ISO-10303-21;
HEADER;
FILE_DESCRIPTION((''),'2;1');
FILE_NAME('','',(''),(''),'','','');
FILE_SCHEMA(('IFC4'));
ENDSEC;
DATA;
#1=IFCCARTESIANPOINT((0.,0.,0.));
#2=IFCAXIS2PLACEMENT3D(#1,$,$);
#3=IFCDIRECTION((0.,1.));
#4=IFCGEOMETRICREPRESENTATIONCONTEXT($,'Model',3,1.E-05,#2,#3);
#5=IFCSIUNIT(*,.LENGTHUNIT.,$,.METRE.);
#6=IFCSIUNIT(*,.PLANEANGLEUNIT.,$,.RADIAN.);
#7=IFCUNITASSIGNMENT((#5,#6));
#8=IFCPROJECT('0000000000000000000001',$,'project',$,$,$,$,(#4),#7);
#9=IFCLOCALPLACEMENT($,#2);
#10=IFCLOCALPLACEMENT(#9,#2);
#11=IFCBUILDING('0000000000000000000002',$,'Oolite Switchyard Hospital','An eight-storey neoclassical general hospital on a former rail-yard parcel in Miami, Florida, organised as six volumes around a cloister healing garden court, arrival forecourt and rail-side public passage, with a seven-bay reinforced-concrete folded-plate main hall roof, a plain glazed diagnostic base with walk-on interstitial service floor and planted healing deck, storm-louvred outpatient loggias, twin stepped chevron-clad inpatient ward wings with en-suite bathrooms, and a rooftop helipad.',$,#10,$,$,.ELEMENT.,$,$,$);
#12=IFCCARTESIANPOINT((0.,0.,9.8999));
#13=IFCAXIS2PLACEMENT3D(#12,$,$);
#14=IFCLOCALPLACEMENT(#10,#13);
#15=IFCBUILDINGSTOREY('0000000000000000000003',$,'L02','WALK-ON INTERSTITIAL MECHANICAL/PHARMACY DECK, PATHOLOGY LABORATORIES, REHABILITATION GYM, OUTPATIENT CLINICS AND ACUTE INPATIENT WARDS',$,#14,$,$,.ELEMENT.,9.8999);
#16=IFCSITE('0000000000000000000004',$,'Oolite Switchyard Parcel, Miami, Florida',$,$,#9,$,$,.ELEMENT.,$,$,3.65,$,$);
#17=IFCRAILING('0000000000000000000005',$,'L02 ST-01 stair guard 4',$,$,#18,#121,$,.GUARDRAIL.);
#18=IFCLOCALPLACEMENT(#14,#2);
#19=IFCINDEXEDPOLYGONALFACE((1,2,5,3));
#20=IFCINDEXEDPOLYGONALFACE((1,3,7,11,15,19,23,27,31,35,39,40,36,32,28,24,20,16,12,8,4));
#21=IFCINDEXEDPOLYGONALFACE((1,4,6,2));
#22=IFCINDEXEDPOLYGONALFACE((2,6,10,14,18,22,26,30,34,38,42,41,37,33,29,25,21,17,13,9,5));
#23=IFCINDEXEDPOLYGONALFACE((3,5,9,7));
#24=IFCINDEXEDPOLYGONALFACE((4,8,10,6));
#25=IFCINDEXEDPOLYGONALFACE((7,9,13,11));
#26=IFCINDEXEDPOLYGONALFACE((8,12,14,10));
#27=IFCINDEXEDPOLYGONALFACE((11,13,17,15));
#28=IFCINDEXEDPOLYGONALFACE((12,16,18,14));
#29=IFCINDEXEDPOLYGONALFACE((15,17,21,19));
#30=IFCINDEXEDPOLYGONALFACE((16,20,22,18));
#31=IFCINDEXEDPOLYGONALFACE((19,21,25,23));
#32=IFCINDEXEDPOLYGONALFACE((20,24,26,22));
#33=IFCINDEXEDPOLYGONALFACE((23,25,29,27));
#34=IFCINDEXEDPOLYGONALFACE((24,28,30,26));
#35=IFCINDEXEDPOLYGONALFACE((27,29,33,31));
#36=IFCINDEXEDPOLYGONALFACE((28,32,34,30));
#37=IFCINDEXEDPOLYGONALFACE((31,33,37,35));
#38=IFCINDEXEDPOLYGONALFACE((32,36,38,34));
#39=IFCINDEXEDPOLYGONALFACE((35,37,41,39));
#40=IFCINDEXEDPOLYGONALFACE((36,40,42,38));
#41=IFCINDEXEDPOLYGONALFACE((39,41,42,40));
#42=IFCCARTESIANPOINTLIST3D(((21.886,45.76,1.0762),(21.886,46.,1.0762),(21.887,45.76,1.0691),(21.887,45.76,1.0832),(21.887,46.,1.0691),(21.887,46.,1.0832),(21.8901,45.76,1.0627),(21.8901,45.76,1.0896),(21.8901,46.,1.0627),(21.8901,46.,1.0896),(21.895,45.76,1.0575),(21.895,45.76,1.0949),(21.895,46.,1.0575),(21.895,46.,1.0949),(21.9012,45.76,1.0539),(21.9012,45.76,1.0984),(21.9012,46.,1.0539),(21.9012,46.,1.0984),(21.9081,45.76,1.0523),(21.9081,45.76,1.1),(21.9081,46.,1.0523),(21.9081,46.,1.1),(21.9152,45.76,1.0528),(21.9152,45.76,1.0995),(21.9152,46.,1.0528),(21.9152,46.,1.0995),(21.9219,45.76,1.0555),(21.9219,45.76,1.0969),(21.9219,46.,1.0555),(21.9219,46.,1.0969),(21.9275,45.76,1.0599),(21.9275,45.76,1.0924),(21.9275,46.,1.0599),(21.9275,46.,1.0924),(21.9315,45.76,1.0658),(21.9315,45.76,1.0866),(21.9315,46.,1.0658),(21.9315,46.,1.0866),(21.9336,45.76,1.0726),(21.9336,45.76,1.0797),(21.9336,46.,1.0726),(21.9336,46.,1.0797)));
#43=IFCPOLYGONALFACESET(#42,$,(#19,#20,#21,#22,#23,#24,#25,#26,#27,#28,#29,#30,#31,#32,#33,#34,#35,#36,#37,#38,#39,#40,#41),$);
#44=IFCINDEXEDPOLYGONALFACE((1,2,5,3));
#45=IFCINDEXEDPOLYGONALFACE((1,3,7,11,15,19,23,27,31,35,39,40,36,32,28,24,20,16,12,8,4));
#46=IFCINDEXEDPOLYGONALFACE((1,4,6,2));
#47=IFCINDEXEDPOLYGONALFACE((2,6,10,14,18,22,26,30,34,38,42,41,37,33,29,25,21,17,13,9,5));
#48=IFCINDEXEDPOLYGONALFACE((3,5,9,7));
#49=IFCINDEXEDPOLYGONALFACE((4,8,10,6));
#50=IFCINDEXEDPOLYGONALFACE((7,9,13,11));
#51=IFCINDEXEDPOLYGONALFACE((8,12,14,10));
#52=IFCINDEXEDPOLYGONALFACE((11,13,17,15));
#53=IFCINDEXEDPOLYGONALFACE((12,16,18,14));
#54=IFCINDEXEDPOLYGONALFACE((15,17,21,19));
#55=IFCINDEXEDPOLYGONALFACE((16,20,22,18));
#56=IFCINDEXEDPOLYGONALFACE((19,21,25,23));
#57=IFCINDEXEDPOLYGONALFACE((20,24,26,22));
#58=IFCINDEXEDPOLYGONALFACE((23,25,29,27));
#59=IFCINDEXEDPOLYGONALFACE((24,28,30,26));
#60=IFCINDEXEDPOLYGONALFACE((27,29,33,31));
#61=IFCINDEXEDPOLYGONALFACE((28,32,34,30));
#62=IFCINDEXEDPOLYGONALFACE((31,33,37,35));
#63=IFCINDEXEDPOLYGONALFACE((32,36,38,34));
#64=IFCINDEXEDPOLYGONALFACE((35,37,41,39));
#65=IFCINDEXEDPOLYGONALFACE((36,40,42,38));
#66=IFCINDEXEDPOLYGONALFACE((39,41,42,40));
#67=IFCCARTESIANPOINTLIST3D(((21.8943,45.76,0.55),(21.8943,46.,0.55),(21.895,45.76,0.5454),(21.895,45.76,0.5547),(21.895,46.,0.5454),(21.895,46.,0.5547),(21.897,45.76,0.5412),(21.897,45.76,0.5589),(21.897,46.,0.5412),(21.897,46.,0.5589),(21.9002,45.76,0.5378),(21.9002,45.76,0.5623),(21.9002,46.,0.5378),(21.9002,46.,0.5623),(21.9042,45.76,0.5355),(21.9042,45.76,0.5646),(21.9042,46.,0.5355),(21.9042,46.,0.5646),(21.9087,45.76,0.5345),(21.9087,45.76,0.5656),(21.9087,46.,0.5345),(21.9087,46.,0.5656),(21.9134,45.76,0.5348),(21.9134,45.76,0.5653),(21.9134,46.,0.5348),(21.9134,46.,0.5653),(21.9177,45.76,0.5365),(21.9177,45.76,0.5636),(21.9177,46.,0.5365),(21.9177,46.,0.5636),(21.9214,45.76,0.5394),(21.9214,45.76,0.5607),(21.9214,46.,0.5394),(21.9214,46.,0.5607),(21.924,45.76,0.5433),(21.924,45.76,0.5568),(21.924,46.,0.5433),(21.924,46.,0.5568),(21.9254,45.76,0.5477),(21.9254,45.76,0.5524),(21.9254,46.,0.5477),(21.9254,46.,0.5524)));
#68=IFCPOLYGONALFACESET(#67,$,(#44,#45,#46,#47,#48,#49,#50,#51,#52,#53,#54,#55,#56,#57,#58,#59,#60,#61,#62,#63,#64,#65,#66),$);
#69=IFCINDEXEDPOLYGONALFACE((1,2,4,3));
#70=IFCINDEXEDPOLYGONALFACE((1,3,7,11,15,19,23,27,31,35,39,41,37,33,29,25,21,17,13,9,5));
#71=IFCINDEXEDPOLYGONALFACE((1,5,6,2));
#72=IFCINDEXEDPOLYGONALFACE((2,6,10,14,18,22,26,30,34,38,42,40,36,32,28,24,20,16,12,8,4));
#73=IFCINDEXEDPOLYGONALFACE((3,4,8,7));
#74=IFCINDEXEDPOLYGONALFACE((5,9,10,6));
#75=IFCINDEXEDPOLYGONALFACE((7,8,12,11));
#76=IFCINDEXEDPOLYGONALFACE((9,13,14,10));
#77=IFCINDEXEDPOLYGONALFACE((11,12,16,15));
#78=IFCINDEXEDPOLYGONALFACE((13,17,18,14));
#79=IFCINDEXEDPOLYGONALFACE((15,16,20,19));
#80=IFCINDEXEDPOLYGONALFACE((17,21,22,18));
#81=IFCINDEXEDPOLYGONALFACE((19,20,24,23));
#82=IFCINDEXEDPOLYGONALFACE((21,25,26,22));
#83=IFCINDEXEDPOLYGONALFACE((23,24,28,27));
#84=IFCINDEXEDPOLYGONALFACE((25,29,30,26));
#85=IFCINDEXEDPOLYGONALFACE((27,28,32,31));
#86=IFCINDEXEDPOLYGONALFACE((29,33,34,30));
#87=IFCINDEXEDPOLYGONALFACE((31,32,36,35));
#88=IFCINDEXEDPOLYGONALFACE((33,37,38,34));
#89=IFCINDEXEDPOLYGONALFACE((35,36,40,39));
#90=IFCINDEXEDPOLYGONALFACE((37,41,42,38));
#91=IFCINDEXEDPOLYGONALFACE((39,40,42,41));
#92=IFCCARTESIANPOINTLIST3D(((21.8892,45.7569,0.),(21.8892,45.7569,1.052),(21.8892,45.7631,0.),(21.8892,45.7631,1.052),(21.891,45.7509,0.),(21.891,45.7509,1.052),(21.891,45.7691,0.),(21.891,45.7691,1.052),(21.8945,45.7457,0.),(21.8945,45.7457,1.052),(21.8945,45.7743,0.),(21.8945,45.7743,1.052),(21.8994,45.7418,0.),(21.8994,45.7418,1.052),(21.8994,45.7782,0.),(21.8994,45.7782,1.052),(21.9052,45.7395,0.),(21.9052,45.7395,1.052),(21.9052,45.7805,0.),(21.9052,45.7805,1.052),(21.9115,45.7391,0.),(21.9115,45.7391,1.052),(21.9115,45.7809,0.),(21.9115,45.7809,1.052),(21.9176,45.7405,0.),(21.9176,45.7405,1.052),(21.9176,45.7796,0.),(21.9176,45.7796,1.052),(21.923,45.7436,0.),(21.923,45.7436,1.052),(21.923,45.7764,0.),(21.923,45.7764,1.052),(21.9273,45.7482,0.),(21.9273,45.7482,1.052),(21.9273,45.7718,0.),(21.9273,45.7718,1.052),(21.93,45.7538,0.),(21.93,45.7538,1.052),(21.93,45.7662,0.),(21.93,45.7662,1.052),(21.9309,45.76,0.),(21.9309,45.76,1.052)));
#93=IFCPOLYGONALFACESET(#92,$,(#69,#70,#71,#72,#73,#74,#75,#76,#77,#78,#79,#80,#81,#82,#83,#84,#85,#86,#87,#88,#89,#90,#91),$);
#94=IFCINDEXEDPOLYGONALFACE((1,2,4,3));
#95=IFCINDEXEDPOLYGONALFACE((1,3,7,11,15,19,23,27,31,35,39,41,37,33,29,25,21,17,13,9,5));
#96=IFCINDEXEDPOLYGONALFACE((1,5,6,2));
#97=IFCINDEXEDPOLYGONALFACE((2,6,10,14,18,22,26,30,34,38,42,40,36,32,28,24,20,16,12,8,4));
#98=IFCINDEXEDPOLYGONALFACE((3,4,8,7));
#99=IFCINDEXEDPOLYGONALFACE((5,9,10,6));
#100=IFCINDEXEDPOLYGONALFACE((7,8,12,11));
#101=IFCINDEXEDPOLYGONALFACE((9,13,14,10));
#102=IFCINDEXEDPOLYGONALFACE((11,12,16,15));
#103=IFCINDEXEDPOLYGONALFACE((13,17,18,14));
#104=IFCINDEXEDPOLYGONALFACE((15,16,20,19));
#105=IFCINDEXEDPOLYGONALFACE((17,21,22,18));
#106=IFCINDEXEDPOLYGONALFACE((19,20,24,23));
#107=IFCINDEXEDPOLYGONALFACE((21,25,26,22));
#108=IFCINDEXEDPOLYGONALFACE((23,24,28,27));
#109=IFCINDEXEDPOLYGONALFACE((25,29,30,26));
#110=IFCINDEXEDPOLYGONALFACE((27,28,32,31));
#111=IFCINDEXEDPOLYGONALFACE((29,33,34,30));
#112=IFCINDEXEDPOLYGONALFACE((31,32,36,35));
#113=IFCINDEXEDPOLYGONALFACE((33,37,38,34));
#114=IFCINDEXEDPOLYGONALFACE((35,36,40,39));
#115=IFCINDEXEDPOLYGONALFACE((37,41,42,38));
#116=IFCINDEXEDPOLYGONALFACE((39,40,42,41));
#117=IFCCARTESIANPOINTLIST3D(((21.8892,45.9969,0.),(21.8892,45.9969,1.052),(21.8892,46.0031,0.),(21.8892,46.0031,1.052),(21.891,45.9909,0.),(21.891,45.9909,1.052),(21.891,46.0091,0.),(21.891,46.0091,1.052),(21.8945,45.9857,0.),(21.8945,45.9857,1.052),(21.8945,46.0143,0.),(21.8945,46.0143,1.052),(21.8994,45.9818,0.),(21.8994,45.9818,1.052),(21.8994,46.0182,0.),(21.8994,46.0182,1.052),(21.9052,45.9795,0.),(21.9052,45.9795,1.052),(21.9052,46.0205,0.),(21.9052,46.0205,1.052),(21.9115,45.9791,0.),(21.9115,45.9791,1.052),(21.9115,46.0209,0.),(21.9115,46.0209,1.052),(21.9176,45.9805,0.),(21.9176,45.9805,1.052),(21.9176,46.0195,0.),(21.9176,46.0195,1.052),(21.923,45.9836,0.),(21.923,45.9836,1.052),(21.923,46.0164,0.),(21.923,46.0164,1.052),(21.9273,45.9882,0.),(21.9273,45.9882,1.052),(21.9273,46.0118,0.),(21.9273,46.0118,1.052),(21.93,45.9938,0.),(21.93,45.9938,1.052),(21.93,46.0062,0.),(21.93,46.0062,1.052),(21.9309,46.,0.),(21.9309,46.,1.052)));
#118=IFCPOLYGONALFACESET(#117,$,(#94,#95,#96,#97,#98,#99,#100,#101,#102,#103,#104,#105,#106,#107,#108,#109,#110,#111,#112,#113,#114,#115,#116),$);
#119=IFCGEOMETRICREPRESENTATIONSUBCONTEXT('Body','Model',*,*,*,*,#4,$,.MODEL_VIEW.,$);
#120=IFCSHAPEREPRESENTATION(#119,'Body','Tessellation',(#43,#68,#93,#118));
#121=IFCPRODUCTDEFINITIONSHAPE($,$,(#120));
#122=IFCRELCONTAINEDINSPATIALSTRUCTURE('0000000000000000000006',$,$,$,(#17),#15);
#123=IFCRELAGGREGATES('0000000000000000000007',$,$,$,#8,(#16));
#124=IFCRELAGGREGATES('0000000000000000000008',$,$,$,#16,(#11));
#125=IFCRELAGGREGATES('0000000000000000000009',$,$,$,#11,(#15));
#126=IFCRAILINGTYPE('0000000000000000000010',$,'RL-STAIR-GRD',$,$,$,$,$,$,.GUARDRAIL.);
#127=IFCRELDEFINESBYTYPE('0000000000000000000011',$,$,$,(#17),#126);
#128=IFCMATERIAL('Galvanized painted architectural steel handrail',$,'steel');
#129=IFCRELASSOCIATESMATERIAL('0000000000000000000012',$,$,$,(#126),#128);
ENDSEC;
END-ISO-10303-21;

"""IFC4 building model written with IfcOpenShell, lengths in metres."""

from ifc_helpers import new_model, si_unit, direction, frame, origin, origin_2d, place, context, subcontext, project, spatial, circle, extrude, material, type_object, element, save


model = new_model("IFC4")

# Units and contexts
model_context = context("Model", 3, precision=1e-05, world=origin(), true_north=direction((0.0, 1.0)))
body_context = subcontext(model_context, "Body", "Model", "MODEL_VIEW")
ifc_project = project(units=[si_unit("LENGTHUNIT", "METRE"), si_unit("PLANEANGLEUNIT", "RADIAN")], contexts=[model_context])

# Site, building, storey
site_placement = place(None, origin())
site = spatial("IfcSite", under=ifc_project, at=site_placement, Name="Oolite Switchyard Parcel, Miami, Florida", CompositionType="ELEMENT", RefElevation=3.65)
building_placement = place(site_placement, origin())
building = spatial("IfcBuilding", under=site, at=building_placement, Name="Oolite Switchyard Hospital", Description="An eight-storey neoclassical general hospital on a former rail-yard parcel in Miami, Florida, organised as six volumes around a cloister healing garden court, arrival forecourt and rail-side public passage, with a seven-bay reinforced-concrete folded-plate main hall roof, a plain glazed diagnostic base with walk-on interstitial service floor and planted healing deck, storm-louvred outpatient loggias, twin stepped chevron-clad inpatient ward wings with en-suite bathrooms, and a rooftop helipad.", CompositionType="ELEMENT")
storey_placement = place(building_placement, frame((0.0, 0.0, 9.8999)))
storey = spatial("IfcBuildingStorey", under=building, at=storey_placement, Name="L02", Description="WALK-ON INTERSTITIAL MECHANICAL/PHARMACY DECK, PATHOLOGY LABORATORIES, REHABILITATION GYM, OUTPATIENT CLINICS AND ACUTE INPATIENT WARDS", CompositionType="ELEMENT", Elevation=9.8999)

# Railing
ifc_material_1 = material(Name="Galvanized painted architectural steel handrail", Category="steel")
railing_type_1 = type_object("IfcRailingType", Name="RL-STAIR-GRD", PredefinedType="GUARDRAIL", material=ifc_material_1)
railing_1_placement = place(storey_placement, frame((21.9099, 45.76, 0.0)))
element("IfcRailing", 1, at=railing_1_placement, inside=storey, type_object=railing_type_1, Name="L02 ST-01 stair guard 4", PredefinedType="GUARDRAIL", context=body_context, shape_type="SweptSolid", body=[
    extrude(circle(Radius=0.0239, at=origin_2d()), frame((0.0, 0.0, 1.0762), z_axis=(0.0, 1.0, 0.0), x_axis=(-1.0, 0.0, 0.0)), (0.0, 0.0, 1.0), 0.24),
    extrude(circle(Radius=0.0156, at=origin_2d()), frame((0.0, 0.0, 0.55), z_axis=(0.0, 1.0, 0.0), x_axis=(-1.0, 0.0, 0.0)), (0.0, 0.0, 1.0), 0.24),
    extrude(circle(Radius=0.021, at=origin_2d()), origin(), (0.0, 0.0, 1.0), 1.052),
    extrude(circle(Radius=0.021, at=origin_2d()), frame((0.0, 0.24, 0.0)), (0.0, 0.0, 1.0), 1.052),
])

save(model, "model.ifc")
